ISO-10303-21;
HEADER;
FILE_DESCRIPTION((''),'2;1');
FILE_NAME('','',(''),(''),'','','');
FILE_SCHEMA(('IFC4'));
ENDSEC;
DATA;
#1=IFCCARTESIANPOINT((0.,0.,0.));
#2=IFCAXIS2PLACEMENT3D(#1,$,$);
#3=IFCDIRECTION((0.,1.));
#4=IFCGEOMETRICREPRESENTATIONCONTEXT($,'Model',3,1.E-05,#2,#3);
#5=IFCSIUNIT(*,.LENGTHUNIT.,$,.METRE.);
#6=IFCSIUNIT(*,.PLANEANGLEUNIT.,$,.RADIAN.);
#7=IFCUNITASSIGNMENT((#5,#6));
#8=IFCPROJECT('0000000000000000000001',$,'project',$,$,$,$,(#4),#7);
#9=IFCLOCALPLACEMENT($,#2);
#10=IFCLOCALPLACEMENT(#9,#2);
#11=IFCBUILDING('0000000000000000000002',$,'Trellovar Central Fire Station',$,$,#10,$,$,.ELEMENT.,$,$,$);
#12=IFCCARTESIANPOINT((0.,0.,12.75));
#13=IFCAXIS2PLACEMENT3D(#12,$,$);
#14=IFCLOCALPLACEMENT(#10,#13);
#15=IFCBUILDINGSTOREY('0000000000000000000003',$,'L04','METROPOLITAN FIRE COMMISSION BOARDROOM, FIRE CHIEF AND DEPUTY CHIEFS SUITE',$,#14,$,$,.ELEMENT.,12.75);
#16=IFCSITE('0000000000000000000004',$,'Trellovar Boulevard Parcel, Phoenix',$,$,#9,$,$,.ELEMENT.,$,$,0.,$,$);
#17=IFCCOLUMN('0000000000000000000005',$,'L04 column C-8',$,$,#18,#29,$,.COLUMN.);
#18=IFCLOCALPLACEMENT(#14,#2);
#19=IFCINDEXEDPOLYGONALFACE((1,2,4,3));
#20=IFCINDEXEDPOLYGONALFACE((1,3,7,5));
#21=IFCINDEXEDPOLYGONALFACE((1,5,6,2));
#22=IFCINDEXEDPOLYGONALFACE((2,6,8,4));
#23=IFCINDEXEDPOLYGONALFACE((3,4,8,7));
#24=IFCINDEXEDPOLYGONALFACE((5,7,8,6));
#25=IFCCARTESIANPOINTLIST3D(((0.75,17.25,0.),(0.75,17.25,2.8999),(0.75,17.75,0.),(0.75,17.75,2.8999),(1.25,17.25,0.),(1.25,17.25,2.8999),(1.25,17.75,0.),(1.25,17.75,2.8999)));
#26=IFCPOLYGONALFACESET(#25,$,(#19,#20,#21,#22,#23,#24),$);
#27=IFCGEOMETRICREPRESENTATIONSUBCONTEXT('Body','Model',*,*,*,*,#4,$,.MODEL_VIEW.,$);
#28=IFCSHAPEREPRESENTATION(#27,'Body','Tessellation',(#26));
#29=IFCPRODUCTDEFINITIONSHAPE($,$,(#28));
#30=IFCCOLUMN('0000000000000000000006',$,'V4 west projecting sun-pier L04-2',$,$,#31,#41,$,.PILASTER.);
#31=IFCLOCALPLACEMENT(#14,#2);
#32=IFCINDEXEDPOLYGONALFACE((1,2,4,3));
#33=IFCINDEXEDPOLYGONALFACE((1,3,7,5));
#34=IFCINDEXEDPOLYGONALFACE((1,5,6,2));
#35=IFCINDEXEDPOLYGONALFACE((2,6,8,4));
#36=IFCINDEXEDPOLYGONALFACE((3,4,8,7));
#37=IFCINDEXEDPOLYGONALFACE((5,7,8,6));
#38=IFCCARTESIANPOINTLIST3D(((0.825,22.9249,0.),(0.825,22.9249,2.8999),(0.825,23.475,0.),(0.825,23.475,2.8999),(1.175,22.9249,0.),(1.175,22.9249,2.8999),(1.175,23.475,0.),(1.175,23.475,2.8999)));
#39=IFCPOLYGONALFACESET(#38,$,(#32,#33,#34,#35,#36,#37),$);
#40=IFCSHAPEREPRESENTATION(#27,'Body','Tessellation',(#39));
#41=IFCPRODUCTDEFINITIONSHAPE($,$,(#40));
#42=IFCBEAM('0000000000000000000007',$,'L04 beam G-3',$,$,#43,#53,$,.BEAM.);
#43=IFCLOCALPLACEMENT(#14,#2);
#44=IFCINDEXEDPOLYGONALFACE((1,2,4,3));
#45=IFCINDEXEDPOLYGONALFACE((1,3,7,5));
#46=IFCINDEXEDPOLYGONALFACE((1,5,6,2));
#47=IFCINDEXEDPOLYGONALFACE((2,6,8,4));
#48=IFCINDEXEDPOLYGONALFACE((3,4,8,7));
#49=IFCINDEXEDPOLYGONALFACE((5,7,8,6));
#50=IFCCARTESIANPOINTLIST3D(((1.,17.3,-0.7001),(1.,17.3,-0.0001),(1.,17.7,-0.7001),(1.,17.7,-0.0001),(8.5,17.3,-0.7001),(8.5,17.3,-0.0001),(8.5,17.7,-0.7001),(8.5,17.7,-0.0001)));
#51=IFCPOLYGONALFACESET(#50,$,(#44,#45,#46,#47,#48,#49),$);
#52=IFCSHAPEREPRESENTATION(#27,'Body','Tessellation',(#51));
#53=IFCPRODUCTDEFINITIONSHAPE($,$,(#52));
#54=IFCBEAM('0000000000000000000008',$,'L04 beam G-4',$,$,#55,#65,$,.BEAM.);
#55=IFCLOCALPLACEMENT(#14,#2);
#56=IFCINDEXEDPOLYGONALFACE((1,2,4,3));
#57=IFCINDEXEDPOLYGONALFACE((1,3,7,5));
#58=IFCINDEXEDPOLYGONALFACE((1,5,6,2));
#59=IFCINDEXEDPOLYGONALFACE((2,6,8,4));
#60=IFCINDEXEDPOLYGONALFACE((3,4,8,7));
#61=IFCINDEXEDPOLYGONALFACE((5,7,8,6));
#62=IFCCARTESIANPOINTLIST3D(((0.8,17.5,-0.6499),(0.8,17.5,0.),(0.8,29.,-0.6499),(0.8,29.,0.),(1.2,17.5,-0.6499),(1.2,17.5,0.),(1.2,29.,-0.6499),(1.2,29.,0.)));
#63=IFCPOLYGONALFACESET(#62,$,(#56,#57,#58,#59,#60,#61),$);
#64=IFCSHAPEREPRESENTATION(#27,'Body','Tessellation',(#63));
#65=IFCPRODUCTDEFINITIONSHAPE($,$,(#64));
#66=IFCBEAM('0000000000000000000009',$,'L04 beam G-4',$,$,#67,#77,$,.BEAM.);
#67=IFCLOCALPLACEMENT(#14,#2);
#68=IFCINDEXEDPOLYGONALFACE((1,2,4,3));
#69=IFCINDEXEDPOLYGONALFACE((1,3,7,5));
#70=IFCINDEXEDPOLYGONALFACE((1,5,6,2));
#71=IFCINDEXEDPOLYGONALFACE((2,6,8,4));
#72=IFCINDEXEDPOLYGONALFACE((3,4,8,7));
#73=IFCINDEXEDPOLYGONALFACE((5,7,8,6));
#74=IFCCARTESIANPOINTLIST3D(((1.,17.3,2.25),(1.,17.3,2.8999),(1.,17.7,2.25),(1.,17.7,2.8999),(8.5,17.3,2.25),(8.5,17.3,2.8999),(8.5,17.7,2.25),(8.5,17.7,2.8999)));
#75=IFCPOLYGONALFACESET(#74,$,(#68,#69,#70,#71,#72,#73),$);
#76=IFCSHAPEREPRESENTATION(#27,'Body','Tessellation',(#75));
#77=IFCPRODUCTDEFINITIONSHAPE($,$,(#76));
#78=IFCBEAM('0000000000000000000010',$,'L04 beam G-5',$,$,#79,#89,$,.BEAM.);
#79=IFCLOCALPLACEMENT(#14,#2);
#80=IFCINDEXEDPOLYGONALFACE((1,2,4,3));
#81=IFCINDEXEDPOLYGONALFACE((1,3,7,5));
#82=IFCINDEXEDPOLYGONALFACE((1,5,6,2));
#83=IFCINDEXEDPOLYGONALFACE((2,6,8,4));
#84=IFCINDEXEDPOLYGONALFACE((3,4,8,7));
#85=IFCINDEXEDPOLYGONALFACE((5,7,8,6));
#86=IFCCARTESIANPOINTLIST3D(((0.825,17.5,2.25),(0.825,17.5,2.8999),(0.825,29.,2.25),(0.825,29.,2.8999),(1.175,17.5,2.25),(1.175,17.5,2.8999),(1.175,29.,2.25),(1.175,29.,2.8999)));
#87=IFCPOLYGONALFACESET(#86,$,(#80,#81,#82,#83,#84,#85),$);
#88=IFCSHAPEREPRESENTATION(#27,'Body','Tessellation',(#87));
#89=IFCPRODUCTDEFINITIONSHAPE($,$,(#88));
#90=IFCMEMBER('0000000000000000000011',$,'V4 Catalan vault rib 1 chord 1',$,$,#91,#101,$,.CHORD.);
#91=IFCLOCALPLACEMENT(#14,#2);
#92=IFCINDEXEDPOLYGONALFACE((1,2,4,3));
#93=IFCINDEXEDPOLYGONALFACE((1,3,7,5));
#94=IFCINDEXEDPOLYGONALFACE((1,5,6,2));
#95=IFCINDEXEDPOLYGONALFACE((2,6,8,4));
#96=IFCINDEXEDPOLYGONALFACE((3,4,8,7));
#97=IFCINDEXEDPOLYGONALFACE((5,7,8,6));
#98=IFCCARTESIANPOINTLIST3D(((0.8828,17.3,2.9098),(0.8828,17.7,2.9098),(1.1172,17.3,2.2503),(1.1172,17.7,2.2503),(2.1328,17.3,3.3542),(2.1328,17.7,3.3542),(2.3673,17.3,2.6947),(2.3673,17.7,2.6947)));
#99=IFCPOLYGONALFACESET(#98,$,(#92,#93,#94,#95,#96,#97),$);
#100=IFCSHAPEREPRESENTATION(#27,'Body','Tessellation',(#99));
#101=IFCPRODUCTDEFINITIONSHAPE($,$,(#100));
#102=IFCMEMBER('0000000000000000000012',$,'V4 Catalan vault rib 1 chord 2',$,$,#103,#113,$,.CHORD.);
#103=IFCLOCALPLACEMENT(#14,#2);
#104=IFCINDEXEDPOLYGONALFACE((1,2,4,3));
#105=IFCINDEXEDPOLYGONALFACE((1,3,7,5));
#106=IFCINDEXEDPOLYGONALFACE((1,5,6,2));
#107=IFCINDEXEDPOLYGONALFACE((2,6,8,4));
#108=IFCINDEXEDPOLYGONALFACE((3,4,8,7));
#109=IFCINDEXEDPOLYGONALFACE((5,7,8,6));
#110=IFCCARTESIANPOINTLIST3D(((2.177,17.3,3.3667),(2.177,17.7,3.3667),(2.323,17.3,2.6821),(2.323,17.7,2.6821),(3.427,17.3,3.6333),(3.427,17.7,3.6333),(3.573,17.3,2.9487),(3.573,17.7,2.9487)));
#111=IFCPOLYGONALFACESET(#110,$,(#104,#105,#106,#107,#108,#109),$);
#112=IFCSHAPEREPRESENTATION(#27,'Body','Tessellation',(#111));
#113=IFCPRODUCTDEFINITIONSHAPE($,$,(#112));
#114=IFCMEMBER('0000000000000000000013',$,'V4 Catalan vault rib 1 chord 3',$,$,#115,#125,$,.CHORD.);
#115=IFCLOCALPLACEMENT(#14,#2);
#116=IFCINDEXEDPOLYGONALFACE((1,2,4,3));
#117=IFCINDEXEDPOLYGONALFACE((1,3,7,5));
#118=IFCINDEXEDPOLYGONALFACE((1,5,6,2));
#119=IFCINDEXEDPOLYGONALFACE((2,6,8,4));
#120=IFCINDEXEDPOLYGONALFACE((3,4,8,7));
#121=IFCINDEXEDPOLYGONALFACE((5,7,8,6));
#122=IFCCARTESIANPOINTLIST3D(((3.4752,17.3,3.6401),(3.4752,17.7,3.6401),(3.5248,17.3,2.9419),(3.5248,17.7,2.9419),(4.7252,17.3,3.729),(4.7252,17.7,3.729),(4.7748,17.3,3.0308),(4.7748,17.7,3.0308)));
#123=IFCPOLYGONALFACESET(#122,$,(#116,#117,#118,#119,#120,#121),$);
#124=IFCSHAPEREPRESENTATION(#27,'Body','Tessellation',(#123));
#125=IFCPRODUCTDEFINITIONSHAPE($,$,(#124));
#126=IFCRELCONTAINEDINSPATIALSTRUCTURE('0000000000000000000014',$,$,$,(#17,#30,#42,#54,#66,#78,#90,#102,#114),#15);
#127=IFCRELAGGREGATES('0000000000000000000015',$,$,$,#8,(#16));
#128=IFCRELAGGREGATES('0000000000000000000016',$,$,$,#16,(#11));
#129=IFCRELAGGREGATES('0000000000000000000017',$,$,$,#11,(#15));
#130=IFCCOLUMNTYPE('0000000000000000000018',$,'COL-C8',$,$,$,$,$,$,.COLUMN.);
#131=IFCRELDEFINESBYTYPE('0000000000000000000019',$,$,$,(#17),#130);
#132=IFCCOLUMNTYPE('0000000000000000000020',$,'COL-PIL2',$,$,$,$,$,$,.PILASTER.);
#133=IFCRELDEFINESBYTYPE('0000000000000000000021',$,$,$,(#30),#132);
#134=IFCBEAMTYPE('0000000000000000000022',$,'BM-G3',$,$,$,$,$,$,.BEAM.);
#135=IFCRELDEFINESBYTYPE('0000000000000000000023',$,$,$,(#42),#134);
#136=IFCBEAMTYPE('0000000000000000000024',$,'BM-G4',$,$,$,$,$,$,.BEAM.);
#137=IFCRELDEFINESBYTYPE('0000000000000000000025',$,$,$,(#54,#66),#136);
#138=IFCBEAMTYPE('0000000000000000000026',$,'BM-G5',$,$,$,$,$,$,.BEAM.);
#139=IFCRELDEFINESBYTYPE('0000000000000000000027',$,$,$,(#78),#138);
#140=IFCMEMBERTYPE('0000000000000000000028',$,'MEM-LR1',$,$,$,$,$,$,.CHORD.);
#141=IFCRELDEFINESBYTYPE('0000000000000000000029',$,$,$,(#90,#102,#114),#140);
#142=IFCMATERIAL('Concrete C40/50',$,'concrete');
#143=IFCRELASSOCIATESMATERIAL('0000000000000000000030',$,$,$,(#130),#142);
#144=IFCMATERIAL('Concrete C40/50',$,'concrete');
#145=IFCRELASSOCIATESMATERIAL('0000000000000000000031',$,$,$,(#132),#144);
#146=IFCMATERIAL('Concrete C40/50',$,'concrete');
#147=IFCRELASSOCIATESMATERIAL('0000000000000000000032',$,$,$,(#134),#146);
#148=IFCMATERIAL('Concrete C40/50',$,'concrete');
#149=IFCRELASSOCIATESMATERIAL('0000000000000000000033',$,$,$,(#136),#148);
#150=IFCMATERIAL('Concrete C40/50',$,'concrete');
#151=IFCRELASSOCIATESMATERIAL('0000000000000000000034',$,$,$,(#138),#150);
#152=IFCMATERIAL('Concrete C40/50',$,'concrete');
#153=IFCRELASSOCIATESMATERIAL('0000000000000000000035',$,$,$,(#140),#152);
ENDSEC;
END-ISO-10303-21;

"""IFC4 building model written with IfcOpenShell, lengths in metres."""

from ifc_helpers import new_model, si_unit, direction, frame, origin, origin_2d, place, context, subcontext, project, spatial, rectangle, extrude, material, material_profile, profile_set, type_object, element, save


model = new_model("IFC4")

# Units and contexts
model_context = context("Model", 3, precision=1e-05, world=origin(), true_north=direction((0.0, 1.0)))
body_context = subcontext(model_context, "Body", "Model", "MODEL_VIEW")
ifc_project = project(units=[si_unit("LENGTHUNIT", "METRE"), si_unit("PLANEANGLEUNIT", "RADIAN")], contexts=[model_context])

# Site, building, storey
site_placement = place(None, origin())
site = spatial("IfcSite", under=ifc_project, at=site_placement, Name="Trellovar Boulevard Parcel, Phoenix", CompositionType="ELEMENT", RefElevation=0.0)
building_placement = place(site_placement, origin())
building = spatial("IfcBuilding", under=site, at=building_placement, Name="Trellovar Central Fire Station", CompositionType="ELEMENT")
storey_placement = place(building_placement, frame((0.0, 0.0, 12.75)))
storey = spatial("IfcBuildingStorey", under=building, at=storey_placement, Name="L04", Description="METROPOLITAN FIRE COMMISSION BOARDROOM, FIRE CHIEF AND DEPUTY CHIEFS SUITE", CompositionType="ELEMENT", Elevation=12.75)

# Columns
ifc_material_1 = material(Name="Concrete C40/50", Category="concrete")
ifc_material_profile_1 = material_profile(ifc_material_1, rectangle(XDim=0.5, YDim=0.5, at=origin_2d()), Name="RC500X500")
ifc_profile_set_1 = profile_set([ifc_material_profile_1], Name="Concrete C40/50")
column_type_1 = type_object("IfcColumnType", Name="COL-C8", PredefinedType="COLUMN", material=ifc_profile_set_1)
column_1_placement = place(storey_placement, frame((1.0, 17.5, 0.0), z_axis=(0.0, 0.0, 1.0), x_axis=(1.0, 0.0, 0.0)))
element("IfcColumn", 1, at=column_1_placement, inside=storey, type_object=column_type_1, Name="L04 column C-8", PredefinedType="COLUMN", context=body_context, shape_type="SweptSolid", body=[
    extrude(rectangle(XDim=0.5, YDim=0.5, at=origin_2d()), origin(), (0.0, 0.0, 1.0), 2.8999),
])
ifc_material_2 = material(Name="Concrete C40/50", Category="concrete")
ifc_material_profile_2 = material_profile(ifc_material_2, rectangle(XDim=0.3501, YDim=0.55, at=origin_2d()), Name="RC350X550")
ifc_profile_set_2 = profile_set([ifc_material_profile_2], Name="Concrete C40/50")
column_type_2 = type_object("IfcColumnType", Name="COL-PIL2", PredefinedType="PILASTER", material=ifc_profile_set_2)
column_2_placement = place(storey_placement, frame((1.0, 23.2, 0.0), z_axis=(0.0, 0.0, 1.0), x_axis=(1.0, 0.0, 0.0)))
element("IfcColumn", 2, at=column_2_placement, inside=storey, type_object=column_type_2, Name="V4 west projecting sun-pier L04-2", PredefinedType="PILASTER", context=body_context, shape_type="SweptSolid", body=[
    extrude(rectangle(XDim=0.3501, YDim=0.55, at=origin_2d()), origin(), (0.0, 0.0, 1.0), 2.8999),
])

# Beams
ifc_material_3 = material(Name="Concrete C40/50", Category="concrete")
ifc_material_profile_3 = material_profile(ifc_material_3, rectangle(XDim=0.3999, YDim=0.7, at=origin_2d()), Name="RC400X700")
ifc_profile_set_3 = profile_set([ifc_material_profile_3], Name="Concrete C40/50")
beam_type_1 = type_object("IfcBeamType", Name="BM-G3", PredefinedType="BEAM", material=ifc_profile_set_3)
beam_1_placement = place(storey_placement, frame((1.0, 17.5, -0.3501), z_axis=(1.0, 0.0, 0.0), x_axis=(0.0, 1.0, 0.0)))
element("IfcBeam", 3, at=beam_1_placement, inside=storey, type_object=beam_type_1, Name="L04 beam G-3", PredefinedType="BEAM", context=body_context, shape_type="SweptSolid", body=[
    extrude(rectangle(XDim=0.3999, YDim=0.7, at=origin_2d()), origin(), (0.0, 0.0, 1.0), 7.5),
])
ifc_material_4 = material(Name="Concrete C40/50", Category="concrete")
ifc_material_profile_4 = material_profile(ifc_material_4, rectangle(XDim=0.3999, YDim=0.6499, at=origin_2d()), Name="RC400X650")
ifc_profile_set_4 = profile_set([ifc_material_profile_4], Name="Concrete C40/50")
beam_type_2 = type_object("IfcBeamType", Name="BM-G4", PredefinedType="BEAM", material=ifc_profile_set_4)
beam_2_placement = place(storey_placement, frame((1.0, 17.5, -0.325), z_axis=(0.0, 1.0, 0.0), x_axis=(-1.0, 0.0, 0.0)))
element("IfcBeam", 4, at=beam_2_placement, inside=storey, type_object=beam_type_2, Name="L04 beam G-4", PredefinedType="BEAM", context=body_context, shape_type="SweptSolid", body=[
    extrude(rectangle(XDim=0.3999, YDim=0.6499, at=origin_2d()), origin(), (0.0, 0.0, 1.0), 11.5),
])
beam_3_placement = place(storey_placement, frame((1.0, 17.5, 2.575), z_axis=(1.0, 0.0, 0.0), x_axis=(0.0, 1.0, 0.0)))
element("IfcBeam", 5, at=beam_3_placement, inside=storey, type_object=beam_type_2, Name="L04 beam G-4", PredefinedType="BEAM", context=body_context, shape_type="SweptSolid", body=[
    extrude(rectangle(XDim=0.3999, YDim=0.6499, at=origin_2d()), origin(), (0.0, 0.0, 1.0), 7.5),
])
ifc_material_5 = material(Name="Concrete C40/50", Category="concrete")
ifc_material_profile_5 = material_profile(ifc_material_5, rectangle(XDim=0.3501, YDim=0.6499, at=origin_2d()), Name="RC350X650")
ifc_profile_set_5 = profile_set([ifc_material_profile_5], Name="Concrete C40/50")
beam_type_3 = type_object("IfcBeamType", Name="BM-G5", PredefinedType="BEAM", material=ifc_profile_set_5)
beam_4_placement = place(storey_placement, frame((1.0, 17.5, 2.575), z_axis=(0.0, 1.0, 0.0), x_axis=(-1.0, 0.0, 0.0)))
element("IfcBeam", 6, at=beam_4_placement, inside=storey, type_object=beam_type_3, Name="L04 beam G-5", PredefinedType="BEAM", context=body_context, shape_type="SweptSolid", body=[
    extrude(rectangle(XDim=0.3501, YDim=0.6499, at=origin_2d()), origin(), (0.0, 0.0, 1.0), 11.5),
])

# Members
ifc_material_6 = material(Name="Concrete C40/50", Category="concrete")
ifc_material_profile_6 = material_profile(ifc_material_6, rectangle(XDim=0.3999, YDim=0.7, at=origin_2d()), Name="RC400X700")
ifc_profile_set_6 = profile_set([ifc_material_profile_6], Name="Concrete C40/50")
member_type_1 = type_object("IfcMemberType", Name="MEM-LR1", PredefinedType="CHORD", material=ifc_profile_set_6)
member_1_placement = place(storey_placement, frame((1.0, 17.5, 2.5801), z_axis=(0.942241, 0.0, 0.334937), x_axis=(0.0, 1.0, 0.0)))
element("IfcMember", 7, at=member_1_placement, inside=storey, type_object=member_type_1, Name="V4 Catalan vault rib 1 chord 1", PredefinedType="CHORD", context=body_context, shape_type="SweptSolid", body=[
    extrude(rectangle(XDim=0.3999, YDim=0.7, at=origin_2d()), origin(), (0.0, 0.0, 1.0), 1.3267),
])
member_2_placement = place(storey_placement, frame((2.25, 17.5, 3.0244), z_axis=(0.978003, 0.0, 0.20859), x_axis=(0.0, 1.0, 0.0)))
element("IfcMember", 8, at=member_2_placement, inside=storey, type_object=member_type_1, Name="V4 Catalan vault rib 1 chord 2", PredefinedType="CHORD", context=body_context, shape_type="SweptSolid", body=[
    extrude(rectangle(XDim=0.3999, YDim=0.7, at=origin_2d()), origin(), (0.0, 0.0, 1.0), 1.2781),
])
member_3_placement = place(storey_placement, frame((3.5, 17.5, 3.291), z_axis=(0.997482, 0.0, 0.070915), x_axis=(0.0, 1.0, 0.0)))
element("IfcMember", 9, at=member_3_placement, inside=storey, type_object=member_type_1, Name="V4 Catalan vault rib 1 chord 3", PredefinedType="CHORD", context=body_context, shape_type="SweptSolid", body=[
    extrude(rectangle(XDim=0.3999, YDim=0.7, at=origin_2d()), origin(), (0.0, 0.0, 1.0), 1.2532),
])

save(model, "model.ifc")
